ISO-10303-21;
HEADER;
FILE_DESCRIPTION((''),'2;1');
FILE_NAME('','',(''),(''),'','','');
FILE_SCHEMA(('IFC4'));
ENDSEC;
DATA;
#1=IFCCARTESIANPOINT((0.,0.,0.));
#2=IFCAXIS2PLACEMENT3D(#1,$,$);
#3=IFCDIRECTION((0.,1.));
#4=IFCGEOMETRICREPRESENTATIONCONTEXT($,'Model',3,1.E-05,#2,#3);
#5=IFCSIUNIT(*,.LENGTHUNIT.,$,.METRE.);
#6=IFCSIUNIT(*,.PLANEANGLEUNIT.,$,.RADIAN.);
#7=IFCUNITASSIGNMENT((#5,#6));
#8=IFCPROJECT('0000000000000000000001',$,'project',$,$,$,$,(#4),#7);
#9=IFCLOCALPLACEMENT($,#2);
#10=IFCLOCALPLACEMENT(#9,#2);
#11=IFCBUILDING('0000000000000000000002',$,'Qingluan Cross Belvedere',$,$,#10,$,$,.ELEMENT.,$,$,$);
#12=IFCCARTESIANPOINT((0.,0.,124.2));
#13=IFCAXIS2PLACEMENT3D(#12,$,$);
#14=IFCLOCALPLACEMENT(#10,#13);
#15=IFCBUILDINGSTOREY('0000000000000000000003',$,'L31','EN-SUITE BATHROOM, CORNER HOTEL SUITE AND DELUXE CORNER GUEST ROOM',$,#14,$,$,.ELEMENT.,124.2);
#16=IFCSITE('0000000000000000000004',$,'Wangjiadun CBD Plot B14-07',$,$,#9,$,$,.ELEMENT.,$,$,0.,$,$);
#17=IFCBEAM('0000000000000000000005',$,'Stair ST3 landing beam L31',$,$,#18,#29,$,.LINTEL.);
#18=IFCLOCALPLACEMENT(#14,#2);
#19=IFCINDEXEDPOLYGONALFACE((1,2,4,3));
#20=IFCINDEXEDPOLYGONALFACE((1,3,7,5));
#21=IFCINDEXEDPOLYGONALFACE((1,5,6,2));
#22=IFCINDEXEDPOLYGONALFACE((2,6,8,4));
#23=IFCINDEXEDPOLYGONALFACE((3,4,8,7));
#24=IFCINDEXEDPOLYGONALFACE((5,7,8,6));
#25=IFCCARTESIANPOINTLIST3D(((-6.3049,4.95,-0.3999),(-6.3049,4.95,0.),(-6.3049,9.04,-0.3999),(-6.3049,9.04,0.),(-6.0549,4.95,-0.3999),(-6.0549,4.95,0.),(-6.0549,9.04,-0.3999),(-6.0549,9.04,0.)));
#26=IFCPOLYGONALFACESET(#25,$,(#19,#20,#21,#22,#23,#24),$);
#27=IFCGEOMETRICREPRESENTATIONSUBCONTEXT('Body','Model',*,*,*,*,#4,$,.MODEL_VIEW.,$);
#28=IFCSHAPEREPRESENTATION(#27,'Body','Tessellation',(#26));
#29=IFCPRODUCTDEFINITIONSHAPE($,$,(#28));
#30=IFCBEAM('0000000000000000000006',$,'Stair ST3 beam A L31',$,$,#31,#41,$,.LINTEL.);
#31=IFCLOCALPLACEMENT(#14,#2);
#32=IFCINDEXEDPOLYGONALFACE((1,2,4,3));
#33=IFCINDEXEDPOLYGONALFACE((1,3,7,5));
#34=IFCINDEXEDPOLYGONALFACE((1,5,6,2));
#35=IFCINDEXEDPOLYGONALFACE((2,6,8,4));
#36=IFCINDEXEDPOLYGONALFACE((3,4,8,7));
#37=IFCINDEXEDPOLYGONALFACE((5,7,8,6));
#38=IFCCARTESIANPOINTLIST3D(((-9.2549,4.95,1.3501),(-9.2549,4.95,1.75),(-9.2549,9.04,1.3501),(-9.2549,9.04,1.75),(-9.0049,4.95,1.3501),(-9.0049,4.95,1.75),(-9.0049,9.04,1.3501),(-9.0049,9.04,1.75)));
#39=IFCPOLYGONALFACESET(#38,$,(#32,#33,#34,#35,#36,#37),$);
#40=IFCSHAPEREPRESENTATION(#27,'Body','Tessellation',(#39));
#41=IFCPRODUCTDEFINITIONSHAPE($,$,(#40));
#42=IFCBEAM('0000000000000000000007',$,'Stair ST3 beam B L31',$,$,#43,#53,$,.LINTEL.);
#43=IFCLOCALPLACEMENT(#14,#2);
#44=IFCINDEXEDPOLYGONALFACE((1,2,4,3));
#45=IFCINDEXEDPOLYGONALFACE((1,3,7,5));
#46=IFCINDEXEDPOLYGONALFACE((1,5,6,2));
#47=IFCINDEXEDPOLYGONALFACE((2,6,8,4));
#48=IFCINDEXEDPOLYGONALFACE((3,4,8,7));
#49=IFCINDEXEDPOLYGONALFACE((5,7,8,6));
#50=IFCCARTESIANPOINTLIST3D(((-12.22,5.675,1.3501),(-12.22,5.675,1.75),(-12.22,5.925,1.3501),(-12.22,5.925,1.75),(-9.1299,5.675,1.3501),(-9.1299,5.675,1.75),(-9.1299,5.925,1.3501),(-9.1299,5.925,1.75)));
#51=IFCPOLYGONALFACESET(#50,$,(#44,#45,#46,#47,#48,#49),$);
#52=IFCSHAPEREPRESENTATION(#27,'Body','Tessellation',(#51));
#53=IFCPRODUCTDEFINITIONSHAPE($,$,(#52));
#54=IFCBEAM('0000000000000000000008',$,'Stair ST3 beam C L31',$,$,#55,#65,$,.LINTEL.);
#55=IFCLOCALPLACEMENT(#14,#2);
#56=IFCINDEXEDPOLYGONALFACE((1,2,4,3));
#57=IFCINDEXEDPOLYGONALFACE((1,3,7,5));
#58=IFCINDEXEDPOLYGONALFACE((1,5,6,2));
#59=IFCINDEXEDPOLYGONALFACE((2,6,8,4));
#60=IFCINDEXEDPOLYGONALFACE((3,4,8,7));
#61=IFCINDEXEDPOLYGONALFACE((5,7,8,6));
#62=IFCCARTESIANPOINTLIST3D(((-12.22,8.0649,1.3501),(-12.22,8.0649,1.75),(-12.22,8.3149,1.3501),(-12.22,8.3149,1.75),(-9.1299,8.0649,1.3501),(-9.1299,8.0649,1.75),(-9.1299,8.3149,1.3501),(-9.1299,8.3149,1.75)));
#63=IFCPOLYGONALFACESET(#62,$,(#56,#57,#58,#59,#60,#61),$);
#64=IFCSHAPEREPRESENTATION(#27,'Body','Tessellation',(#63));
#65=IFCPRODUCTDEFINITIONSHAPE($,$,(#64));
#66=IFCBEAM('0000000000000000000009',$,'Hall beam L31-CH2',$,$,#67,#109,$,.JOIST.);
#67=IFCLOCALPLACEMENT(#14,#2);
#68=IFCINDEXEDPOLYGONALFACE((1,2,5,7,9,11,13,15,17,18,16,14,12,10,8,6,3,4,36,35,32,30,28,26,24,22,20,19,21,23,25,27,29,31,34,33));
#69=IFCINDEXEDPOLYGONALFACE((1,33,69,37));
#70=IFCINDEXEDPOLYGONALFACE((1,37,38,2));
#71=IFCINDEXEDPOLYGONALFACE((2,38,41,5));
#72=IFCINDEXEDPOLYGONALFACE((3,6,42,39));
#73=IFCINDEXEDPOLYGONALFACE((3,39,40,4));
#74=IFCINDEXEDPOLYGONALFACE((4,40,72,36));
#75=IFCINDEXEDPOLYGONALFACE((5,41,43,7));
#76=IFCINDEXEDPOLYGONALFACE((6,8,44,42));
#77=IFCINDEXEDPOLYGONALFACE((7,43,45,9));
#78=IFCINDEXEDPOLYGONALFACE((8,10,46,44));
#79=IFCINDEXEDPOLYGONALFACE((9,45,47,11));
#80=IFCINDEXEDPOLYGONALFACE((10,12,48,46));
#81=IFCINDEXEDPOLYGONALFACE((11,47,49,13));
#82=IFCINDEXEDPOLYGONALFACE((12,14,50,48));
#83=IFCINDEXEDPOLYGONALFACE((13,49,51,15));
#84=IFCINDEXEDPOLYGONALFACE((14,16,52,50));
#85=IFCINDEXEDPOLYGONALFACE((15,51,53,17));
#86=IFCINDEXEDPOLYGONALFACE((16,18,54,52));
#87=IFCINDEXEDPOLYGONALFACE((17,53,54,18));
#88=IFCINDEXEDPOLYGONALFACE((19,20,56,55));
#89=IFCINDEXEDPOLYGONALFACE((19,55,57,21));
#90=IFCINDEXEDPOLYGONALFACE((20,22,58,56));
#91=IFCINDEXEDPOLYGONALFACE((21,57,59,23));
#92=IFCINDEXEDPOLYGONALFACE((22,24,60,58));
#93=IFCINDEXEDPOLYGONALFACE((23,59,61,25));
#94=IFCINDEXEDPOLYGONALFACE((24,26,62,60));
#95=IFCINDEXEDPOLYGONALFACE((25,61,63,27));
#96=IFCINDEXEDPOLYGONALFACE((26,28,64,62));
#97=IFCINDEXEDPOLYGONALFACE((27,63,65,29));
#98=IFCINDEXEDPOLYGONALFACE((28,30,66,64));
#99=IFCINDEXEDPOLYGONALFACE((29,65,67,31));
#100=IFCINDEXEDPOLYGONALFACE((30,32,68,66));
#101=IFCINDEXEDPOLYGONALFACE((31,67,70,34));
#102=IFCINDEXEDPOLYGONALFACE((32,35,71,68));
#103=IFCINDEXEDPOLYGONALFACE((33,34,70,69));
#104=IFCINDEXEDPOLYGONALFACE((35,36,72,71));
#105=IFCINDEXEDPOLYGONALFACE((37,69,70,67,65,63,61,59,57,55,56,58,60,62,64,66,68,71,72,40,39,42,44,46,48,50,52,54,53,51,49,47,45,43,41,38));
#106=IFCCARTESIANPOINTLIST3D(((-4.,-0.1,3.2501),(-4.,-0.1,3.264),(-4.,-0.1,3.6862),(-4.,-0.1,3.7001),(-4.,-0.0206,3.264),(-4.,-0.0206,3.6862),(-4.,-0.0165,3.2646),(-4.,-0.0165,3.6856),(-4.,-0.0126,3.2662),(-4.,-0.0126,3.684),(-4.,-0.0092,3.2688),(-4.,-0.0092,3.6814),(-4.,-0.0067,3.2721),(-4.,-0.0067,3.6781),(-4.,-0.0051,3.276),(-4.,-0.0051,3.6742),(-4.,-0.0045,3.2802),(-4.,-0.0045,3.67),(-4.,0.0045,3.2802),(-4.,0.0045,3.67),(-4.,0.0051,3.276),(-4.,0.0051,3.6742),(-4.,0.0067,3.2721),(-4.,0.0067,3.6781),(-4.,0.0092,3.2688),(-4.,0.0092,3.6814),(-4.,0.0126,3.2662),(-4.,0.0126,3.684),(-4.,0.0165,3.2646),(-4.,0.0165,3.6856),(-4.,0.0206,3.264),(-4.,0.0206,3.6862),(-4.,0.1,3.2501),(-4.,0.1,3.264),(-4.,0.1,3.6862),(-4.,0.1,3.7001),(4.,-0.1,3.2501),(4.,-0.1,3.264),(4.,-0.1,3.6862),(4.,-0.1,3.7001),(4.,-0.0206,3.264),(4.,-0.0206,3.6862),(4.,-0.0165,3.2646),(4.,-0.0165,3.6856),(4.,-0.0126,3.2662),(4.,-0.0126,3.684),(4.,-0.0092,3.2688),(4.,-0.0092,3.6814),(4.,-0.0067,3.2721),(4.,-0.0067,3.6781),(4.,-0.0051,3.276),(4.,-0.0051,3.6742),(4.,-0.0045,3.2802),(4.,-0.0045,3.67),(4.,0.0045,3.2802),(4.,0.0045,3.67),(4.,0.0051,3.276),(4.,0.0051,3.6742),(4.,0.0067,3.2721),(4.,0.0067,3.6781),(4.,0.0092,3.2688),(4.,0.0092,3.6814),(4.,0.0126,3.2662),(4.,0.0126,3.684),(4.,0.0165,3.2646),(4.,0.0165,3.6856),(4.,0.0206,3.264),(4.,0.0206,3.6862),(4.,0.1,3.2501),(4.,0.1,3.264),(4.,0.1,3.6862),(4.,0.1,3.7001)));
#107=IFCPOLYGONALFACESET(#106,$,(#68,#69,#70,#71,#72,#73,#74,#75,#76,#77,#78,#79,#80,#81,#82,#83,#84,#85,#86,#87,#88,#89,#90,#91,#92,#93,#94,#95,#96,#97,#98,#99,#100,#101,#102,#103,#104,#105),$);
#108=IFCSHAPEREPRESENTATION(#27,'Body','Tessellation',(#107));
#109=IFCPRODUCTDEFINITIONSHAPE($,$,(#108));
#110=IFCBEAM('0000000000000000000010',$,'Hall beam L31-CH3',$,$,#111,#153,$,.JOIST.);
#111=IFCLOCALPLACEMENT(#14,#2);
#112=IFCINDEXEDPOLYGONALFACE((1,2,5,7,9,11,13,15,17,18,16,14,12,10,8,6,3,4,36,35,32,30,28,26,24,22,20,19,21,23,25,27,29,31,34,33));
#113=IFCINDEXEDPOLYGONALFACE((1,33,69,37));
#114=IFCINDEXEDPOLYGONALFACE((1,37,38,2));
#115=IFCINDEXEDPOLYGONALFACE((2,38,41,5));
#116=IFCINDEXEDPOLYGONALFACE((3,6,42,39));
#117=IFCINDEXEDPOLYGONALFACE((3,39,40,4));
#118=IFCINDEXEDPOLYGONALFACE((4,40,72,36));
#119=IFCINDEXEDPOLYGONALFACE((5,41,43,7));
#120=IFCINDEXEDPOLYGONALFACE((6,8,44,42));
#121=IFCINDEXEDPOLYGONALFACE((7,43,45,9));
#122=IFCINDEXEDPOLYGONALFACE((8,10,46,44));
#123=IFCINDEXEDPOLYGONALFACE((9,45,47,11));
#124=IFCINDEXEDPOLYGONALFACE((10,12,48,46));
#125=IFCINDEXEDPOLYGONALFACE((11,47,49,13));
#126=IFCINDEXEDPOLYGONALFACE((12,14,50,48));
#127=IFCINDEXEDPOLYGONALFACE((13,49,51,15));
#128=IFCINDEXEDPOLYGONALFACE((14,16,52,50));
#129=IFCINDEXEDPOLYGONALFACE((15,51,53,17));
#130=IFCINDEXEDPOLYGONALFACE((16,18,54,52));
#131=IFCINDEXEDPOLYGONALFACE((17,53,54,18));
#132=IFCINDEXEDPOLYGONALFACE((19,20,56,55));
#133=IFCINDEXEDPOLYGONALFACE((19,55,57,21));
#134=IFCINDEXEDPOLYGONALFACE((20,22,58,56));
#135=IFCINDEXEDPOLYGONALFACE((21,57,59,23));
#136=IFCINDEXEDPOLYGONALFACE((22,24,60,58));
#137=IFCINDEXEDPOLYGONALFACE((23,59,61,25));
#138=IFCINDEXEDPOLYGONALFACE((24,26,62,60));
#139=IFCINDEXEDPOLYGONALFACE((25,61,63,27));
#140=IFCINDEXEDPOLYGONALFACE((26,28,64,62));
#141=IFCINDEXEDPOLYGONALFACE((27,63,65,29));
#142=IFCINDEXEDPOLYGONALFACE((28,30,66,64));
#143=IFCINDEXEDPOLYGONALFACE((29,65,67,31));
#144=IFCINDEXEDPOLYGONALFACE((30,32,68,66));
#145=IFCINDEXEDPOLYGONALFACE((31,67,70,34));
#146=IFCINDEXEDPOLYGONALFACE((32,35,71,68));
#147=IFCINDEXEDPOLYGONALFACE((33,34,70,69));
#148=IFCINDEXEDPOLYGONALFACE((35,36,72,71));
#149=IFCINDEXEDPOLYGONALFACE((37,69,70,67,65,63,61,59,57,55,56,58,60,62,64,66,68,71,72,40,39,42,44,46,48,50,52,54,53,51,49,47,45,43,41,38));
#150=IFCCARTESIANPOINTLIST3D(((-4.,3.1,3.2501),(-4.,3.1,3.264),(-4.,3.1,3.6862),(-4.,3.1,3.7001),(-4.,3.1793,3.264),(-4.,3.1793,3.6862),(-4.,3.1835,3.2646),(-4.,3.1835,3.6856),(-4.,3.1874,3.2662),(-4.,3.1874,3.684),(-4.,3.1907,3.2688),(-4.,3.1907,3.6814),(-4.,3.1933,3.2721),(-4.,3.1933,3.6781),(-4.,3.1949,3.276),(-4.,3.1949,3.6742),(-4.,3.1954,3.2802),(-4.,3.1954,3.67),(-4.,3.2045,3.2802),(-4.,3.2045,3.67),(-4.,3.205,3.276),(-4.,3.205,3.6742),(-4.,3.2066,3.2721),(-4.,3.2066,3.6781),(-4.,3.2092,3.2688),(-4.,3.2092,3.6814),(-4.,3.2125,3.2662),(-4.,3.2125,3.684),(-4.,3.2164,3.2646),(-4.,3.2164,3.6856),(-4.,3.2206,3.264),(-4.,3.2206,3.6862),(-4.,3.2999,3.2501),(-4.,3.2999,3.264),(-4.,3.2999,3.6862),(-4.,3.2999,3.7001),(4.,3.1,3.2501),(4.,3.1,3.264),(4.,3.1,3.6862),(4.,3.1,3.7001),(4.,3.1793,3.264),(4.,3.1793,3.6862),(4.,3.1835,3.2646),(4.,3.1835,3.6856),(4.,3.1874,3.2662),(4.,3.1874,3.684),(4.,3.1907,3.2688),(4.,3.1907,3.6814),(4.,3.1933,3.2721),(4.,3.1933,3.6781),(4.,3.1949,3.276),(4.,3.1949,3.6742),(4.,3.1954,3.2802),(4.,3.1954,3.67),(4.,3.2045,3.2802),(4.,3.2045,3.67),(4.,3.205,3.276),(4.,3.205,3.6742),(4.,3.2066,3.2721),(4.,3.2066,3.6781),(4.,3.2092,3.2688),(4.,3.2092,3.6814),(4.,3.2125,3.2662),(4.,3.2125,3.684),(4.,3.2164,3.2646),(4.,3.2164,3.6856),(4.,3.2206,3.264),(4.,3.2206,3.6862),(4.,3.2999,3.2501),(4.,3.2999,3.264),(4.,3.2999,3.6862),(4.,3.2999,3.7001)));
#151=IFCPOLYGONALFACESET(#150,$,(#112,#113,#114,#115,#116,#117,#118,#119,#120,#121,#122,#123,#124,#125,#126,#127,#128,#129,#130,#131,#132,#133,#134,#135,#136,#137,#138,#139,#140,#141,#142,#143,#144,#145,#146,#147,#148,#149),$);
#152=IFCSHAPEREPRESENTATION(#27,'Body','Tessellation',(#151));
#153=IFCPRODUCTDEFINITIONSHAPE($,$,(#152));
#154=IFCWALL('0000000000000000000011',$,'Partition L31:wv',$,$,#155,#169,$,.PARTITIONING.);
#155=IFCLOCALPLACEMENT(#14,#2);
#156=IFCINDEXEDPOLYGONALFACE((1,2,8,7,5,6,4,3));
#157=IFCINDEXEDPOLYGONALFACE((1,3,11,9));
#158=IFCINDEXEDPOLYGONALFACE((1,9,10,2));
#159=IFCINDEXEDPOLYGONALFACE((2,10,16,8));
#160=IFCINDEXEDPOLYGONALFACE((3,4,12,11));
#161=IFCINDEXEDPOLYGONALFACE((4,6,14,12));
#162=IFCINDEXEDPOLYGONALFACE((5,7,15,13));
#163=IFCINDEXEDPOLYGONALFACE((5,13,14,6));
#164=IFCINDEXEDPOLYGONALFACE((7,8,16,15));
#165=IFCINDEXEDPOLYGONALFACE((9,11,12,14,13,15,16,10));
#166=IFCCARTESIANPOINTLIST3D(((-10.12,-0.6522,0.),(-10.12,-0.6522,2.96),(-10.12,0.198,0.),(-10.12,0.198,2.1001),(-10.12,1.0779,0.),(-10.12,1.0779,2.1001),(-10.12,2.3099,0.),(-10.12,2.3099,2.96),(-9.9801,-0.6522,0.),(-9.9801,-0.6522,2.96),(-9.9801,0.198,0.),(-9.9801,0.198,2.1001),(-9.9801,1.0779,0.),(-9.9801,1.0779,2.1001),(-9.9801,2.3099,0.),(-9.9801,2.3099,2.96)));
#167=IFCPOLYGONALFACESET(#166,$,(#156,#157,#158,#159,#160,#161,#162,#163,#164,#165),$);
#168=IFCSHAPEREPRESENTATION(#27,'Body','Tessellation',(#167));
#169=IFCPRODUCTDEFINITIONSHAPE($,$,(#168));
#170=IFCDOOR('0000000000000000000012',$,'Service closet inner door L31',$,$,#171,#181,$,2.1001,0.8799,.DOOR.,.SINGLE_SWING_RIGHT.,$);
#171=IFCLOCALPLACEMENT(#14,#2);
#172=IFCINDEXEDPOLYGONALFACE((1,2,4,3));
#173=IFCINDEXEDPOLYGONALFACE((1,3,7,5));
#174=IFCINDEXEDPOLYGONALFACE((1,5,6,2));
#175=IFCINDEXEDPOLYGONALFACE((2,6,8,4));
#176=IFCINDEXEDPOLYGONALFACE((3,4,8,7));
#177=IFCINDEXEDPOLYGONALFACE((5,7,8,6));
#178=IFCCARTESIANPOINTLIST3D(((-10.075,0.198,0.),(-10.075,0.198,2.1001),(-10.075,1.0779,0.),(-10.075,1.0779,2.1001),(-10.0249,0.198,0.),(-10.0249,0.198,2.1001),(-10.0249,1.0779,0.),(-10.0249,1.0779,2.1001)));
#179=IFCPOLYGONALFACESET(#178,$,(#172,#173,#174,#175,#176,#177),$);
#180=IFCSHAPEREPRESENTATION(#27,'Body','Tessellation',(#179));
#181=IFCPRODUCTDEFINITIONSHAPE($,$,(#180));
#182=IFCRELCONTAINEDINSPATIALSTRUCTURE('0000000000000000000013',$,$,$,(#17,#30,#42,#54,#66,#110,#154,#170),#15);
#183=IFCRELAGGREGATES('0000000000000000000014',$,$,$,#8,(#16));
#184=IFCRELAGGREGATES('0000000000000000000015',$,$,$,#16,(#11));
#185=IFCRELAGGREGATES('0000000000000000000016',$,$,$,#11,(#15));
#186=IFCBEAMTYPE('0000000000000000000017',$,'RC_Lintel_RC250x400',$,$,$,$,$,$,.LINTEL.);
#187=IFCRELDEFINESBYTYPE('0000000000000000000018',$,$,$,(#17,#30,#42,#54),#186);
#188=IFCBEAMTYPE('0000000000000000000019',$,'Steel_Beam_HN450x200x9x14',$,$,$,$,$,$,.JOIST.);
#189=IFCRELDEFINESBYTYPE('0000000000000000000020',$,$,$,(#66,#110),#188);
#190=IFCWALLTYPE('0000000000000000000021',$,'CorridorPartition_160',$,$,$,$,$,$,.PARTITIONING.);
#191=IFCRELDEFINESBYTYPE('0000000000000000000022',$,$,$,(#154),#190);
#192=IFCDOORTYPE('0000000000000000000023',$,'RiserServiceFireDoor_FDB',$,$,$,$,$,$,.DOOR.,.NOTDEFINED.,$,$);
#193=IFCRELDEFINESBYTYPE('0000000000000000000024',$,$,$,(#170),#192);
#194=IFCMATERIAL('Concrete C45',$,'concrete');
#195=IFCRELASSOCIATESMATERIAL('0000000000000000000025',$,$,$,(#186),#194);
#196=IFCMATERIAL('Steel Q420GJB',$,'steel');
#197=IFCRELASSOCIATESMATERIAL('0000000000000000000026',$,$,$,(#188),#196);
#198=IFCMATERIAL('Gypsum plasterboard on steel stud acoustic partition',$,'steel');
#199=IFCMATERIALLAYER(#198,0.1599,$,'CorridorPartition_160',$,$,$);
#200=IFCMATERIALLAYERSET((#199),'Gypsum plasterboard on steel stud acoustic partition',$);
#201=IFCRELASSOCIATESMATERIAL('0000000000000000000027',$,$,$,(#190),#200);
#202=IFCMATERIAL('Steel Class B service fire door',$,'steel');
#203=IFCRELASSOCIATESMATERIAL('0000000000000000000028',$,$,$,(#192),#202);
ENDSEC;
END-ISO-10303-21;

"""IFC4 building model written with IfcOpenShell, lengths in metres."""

from ifc_helpers import new_model, si_unit, direction, frame, frame_2d, origin, origin_2d, place, context, subcontext, project, spatial, rectangle, i_section, extrude, material, layer, layer_set, material_profile, profile_set, type_object, element, fill, save


model = new_model("IFC4")

# Units and contexts
model_context = context("Model", 3, precision=1e-05, world=origin(), true_north=direction((0.0, 1.0)))
body_context = subcontext(model_context, "Body", "Model", "MODEL_VIEW")
ifc_project = project(units=[si_unit("LENGTHUNIT", "METRE"), si_unit("PLANEANGLEUNIT", "RADIAN")], contexts=[model_context])

# Site, building, storey
site_placement = place(None, origin())
site = spatial("IfcSite", under=ifc_project, at=site_placement, Name="Wangjiadun CBD Plot B14-07", CompositionType="ELEMENT", RefElevation=0.0)
building_placement = place(site_placement, origin())
building = spatial("IfcBuilding", under=site, at=building_placement, Name="Qingluan Cross Belvedere", CompositionType="ELEMENT")
storey_placement = place(building_placement, frame((0.0, 0.0, 124.2)))
storey = spatial("IfcBuildingStorey", under=building, at=storey_placement, Name="L31", Description="EN-SUITE BATHROOM, CORNER HOTEL SUITE AND DELUXE CORNER GUEST ROOM", CompositionType="ELEMENT", Elevation=124.2)

# Beams
ifc_material_1 = material(Name="Concrete C45", Category="concrete")
ifc_material_profile_1 = material_profile(ifc_material_1, rectangle(XDim=0.25, YDim=0.3999, at=origin_2d()), Name="RC250x400")
ifc_profile_set_1 = profile_set([ifc_material_profile_1], Name="Concrete C45")
beam_type_1 = type_object("IfcBeamType", Name="RC_Lintel_RC250x400", PredefinedType="LINTEL", material=ifc_profile_set_1)
for number, where, z_axis, x_axis, name in (
    (1, (-6.1799, 4.95, -0.2), (0.0, 1.0, 0.0), (-1.0, 0.0, 0.0), "Stair ST3 landing beam L31"),
    (2, (-9.1299, 4.95, 1.55), (0.0, 1.0, 0.0), (-1.0, 0.0, 0.0), "Stair ST3 beam A L31"),
):
    element("IfcBeam", number, at=place(storey_placement, frame(where, z_axis=z_axis, x_axis=x_axis)), inside=storey, type_object=beam_type_1, Name=name, PredefinedType="LINTEL", context=body_context, shape_type="SweptSolid", body=[
        extrude(rectangle(XDim=0.25, YDim=0.3999, at=origin_2d()), origin(), (0.0, 0.0, 1.0), 4.0901),
    ])
for number, where, z_axis, x_axis, name in (
    (3, (-12.22, 5.8, 1.55), (1.0, 0.0, 0.0), (0.0, 1.0, 0.0), "Stair ST3 beam B L31"),
    (4, (-12.22, 8.1899, 1.55), (1.0, 0.0, 0.0), (0.0, 1.0, 0.0), "Stair ST3 beam C L31"),
):
    element("IfcBeam", number, at=place(storey_placement, frame(where, z_axis=z_axis, x_axis=x_axis)), inside=storey, type_object=beam_type_1, Name=name, PredefinedType="LINTEL", context=body_context, shape_type="SweptSolid", body=[
        extrude(rectangle(XDim=0.25, YDim=0.3999, at=origin_2d()), origin(), (0.0, 0.0, 1.0), 3.0901),
    ])
ifc_material_2 = material(Name="Steel Q420GJB", Category="steel")
ifc_material_profile_2 = material_profile(ifc_material_2, i_section(OverallWidth=0.2, OverallDepth=0.45, WebThickness=0.009, FlangeThickness=0.0139, FilletRadius=0.0161, at=origin_2d()), Name="HN450x200x9x14")
ifc_profile_set_2 = profile_set([ifc_material_profile_2], Name="Steel Q420GJB")
beam_type_2 = type_object("IfcBeamType", Name="Steel_Beam_HN450x200x9x14", PredefinedType="JOIST", material=ifc_profile_set_2)
for number, where, z_axis, x_axis, name in (
    (5, (-4.0, 0.0, 3.4751), (1.0, 0.0, 0.0), (0.0, 1.0, 0.0), "Hall beam L31-CH2"),
    (6, (-4.0, 3.2, 3.4751), (1.0, 0.0, 0.0), (0.0, 1.0, 0.0), "Hall beam L31-CH3"),
):
    element("IfcBeam", number, at=place(storey_placement, frame(where, z_axis=z_axis, x_axis=x_axis)), inside=storey, type_object=beam_type_2, Name=name, PredefinedType="JOIST", context=body_context, shape_type="SweptSolid", body=[
        extrude(i_section(OverallWidth=0.2, OverallDepth=0.45, WebThickness=0.009, FlangeThickness=0.0139, FilletRadius=0.0161, at=origin_2d()), origin(), (0.0, 0.0, 1.0), 8.0),
    ])

# Wall, opening, door
ifc_material_3 = material(Name="Gypsum plasterboard on steel stud acoustic partition", Category="steel")
ifc_layer_1 = layer(ifc_material_3, 0.1599, Name="CorridorPartition_160")
ifc_layer_set_1 = layer_set([ifc_layer_1], Name="Gypsum plasterboard on steel stud acoustic partition")
wall_type_1 = type_object("IfcWallType", Name="CorridorPartition_160", PredefinedType="PARTITIONING", material=ifc_layer_set_1)
wall_1_placement = place(storey_placement, frame((-10.05, -0.6521, 0.0), z_axis=(0.0, 0.0, 1.0), x_axis=(0.0, 1.0, 0.0)))
wall_1 = element("IfcWall", 7, at=wall_1_placement, inside=storey, type_object=wall_type_1, Name="Partition L31:wv", PredefinedType="PARTITIONING", context=body_context, shape_type="SweptSolid", body=[
    extrude(rectangle(XDim=2.9622, YDim=0.1399, at=frame_2d((1.481, 0.0))), origin(), (0.0, 0.0, 1.0), 2.96),
])
opening_1_placement = place(wall_1_placement, frame((0.8501, 0.0, 0.0)))
opening_1 = element("IfcOpeningElement", 8, at=opening_1_placement, cuts=wall_1, PredefinedType="OPENING", context=body_context, shape_type="SweptSolid", body=[
    extrude(rectangle(XDim=0.8799, YDim=2.1001, at=frame_2d((0.4399, 1.05))), frame((0.0, 0.0798, 0.0), z_axis=(0.0, -1.0, 0.0), x_axis=(1.0, 0.0, 0.0)), (0.0, 0.0, 1.0), 0.1599),
])
ifc_material_4 = material(Name="Steel Class B service fire door", Category="steel")
door_type_1 = type_object("IfcDoorType", Name="RiserServiceFireDoor_FDB", OperationType="NOTDEFINED", PredefinedType="DOOR", material=ifc_material_4)
door_1_placement = place(opening_1_placement, origin())
door_1 = element("IfcDoor", 9, at=door_1_placement, inside=storey, type_object=door_type_1, Name="Service closet inner door L31", OperationType="SINGLE_SWING_RIGHT", OverallHeight=2.1001, OverallWidth=0.8799, PredefinedType="DOOR", context=body_context, shape_type="SweptSolid", body=[
    extrude(rectangle(XDim=0.8799, YDim=2.1001, at=frame_2d((0.4399, 1.05))), frame((0.0, 0.0249, 0.0), z_axis=(0.0, -1.0, 0.0), x_axis=(1.0, 0.0, 0.0)), (0.0, 0.0, 1.0), 0.05),
])
fill(opening_1, door_1)

save(model, "model.ifc")
